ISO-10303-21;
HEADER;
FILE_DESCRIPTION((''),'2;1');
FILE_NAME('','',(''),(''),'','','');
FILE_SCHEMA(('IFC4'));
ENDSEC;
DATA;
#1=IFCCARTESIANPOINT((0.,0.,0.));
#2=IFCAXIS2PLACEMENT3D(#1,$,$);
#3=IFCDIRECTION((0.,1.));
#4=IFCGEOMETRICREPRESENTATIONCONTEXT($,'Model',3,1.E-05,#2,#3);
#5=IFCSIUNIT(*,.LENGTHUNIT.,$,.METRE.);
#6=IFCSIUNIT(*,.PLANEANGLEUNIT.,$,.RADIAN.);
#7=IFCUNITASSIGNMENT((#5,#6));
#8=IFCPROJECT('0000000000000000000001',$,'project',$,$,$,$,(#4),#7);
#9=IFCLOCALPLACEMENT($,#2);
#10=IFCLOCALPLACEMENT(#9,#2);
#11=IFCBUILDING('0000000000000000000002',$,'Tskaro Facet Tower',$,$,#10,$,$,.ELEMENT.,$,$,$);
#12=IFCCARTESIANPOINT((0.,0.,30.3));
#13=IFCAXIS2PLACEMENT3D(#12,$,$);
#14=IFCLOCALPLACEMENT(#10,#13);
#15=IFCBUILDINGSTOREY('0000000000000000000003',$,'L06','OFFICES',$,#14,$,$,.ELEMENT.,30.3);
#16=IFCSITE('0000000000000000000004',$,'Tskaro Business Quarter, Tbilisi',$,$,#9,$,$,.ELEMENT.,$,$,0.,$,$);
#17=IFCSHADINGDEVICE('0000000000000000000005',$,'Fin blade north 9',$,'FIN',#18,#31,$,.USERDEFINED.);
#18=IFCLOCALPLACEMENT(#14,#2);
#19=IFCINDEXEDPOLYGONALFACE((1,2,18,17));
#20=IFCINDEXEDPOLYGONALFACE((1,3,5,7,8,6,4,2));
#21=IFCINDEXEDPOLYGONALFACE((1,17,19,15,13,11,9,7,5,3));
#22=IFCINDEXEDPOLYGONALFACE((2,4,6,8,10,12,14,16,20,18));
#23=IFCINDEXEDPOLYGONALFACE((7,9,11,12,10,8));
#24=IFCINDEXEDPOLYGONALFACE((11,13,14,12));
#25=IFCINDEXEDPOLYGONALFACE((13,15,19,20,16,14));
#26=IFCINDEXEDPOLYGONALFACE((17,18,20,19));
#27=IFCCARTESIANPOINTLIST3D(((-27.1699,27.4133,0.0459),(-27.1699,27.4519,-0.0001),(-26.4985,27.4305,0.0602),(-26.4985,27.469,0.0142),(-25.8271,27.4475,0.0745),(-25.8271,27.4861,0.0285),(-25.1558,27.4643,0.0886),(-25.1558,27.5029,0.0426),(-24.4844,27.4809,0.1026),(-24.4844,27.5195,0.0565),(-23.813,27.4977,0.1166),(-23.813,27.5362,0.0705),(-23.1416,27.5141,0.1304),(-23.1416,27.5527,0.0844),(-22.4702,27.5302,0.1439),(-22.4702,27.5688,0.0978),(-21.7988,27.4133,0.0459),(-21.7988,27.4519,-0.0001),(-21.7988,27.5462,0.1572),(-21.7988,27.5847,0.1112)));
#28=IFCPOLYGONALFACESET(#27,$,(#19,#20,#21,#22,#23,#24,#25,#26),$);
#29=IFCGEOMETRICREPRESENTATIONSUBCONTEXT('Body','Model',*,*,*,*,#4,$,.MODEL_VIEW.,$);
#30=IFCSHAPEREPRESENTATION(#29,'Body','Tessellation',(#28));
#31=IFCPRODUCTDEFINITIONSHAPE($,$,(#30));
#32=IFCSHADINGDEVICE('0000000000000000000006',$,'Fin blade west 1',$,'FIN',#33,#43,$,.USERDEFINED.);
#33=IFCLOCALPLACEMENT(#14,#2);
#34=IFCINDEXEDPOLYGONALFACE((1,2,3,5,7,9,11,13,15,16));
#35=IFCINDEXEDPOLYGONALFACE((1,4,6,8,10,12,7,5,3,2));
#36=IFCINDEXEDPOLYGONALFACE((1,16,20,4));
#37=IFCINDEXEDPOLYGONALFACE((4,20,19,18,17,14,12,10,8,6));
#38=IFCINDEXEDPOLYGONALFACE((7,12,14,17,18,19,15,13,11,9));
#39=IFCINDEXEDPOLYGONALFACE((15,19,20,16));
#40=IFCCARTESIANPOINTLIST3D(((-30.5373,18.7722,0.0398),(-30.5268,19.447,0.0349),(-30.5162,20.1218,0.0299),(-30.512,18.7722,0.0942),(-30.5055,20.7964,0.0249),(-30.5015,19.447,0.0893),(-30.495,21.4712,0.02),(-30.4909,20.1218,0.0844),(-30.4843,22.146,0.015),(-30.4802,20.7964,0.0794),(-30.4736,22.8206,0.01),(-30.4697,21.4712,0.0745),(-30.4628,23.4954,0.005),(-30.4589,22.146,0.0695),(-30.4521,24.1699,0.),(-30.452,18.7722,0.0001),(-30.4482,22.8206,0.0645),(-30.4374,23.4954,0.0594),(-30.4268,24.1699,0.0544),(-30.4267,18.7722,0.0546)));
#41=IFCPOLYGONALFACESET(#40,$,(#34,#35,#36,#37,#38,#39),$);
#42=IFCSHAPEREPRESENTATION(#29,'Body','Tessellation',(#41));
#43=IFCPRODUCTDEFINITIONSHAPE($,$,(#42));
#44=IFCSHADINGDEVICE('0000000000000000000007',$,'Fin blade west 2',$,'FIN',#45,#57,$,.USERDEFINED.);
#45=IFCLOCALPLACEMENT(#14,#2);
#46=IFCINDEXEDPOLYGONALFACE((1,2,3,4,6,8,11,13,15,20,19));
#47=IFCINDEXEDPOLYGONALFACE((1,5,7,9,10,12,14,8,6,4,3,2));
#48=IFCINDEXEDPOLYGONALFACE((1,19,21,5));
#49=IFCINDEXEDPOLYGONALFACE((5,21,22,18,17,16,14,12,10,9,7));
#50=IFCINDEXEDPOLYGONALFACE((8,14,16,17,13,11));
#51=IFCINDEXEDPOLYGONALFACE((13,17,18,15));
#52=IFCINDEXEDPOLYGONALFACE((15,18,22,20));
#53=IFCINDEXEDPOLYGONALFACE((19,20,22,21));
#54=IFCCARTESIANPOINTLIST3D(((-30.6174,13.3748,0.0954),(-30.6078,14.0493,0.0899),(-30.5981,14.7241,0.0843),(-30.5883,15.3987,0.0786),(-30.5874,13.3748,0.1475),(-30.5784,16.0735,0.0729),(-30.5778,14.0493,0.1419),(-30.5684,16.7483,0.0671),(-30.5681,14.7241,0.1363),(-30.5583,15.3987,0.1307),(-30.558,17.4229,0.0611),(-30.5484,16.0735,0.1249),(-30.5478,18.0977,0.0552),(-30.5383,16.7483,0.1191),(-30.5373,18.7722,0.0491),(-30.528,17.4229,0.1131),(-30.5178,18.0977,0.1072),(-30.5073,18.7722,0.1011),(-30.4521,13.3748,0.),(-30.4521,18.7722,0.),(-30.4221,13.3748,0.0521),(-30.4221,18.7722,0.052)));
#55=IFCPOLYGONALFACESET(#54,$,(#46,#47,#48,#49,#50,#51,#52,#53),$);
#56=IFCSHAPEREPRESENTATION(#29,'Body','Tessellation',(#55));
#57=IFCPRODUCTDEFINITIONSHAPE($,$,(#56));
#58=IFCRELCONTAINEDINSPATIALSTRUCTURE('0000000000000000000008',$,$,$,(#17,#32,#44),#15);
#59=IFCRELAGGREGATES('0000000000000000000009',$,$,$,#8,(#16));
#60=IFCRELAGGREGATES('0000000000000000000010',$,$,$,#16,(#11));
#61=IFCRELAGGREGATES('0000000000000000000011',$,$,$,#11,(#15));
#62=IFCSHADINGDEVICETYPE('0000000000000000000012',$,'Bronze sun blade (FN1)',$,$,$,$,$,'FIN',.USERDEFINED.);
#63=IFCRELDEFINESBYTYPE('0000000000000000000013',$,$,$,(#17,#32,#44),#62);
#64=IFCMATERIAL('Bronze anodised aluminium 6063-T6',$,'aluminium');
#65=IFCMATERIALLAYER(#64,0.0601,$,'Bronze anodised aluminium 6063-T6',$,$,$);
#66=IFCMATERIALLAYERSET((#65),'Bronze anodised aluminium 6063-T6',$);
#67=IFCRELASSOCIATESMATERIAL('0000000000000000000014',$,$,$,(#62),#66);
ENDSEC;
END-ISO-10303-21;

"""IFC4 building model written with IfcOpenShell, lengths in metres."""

from ifc_helpers import new_model, si_unit, direction, frame, origin, place, context, subcontext, project, spatial, polyline, outline, extrude, material, layer, layer_set, type_object, element, save


model = new_model("IFC4")

# Units and contexts
model_context = context("Model", 3, precision=1e-05, world=origin(), true_north=direction((0.0, 1.0)))
body_context = subcontext(model_context, "Body", "Model", "MODEL_VIEW")
ifc_project = project(units=[si_unit("LENGTHUNIT", "METRE"), si_unit("PLANEANGLEUNIT", "RADIAN")], contexts=[model_context])

# Site, building, storey
site_placement = place(None, origin())
site = spatial("IfcSite", under=ifc_project, at=site_placement, Name="Tskaro Business Quarter, Tbilisi", CompositionType="ELEMENT", RefElevation=0.0)
building_placement = place(site_placement, origin())
building = spatial("IfcBuilding", under=site, at=building_placement, Name="Tskaro Facet Tower", CompositionType="ELEMENT")
storey_placement = place(building_placement, frame((0.0, 0.0, 30.3)))
storey = spatial("IfcBuildingStorey", under=building, at=storey_placement, Name="L06", Description="OFFICES", CompositionType="ELEMENT", Elevation=30.3)

# Shared definitions
ifc_material_1 = material(Name="Bronze anodised aluminium 6063-T6", Category="aluminium")

# Shading devices
ifc_layer_1 = layer(ifc_material_1, 0.0601, Name="Bronze anodised aluminium 6063-T6")
ifc_layer_set_1 = layer_set([ifc_layer_1], Name="Bronze anodised aluminium 6063-T6")
shading_device_type = type_object("IfcShadingDeviceType", Name="Bronze sun blade (FN1)", ElementType="FIN", PredefinedType="USERDEFINED", material=ifc_layer_set_1)
shading_device_1_placement = place(storey_placement, frame((-21.7988, 27.4133, 0.0459), z_axis=(-0.000002, -0.642336, 0.766423), x_axis=(-1.0, 0.000002, -0.000002)))
element("IfcShadingDevice", 1, at=shading_device_1_placement, inside=storey, type_object=shading_device_type, Name="Fin blade north 9", ObjectType="FIN", PredefinedType="USERDEFINED", context=body_context, shape_type="SweptSolid", body=[
    extrude(outline(polyline([(0.0, 0.0), (5.3711, 0.0), (4.6997, -0.0224), (4.0283, -0.0445), (3.3569, -0.0666), (2.6855, -0.0882), (2.0142, -0.11), (1.3428, -0.1315), (0.6714, -0.1525), (0.0, -0.1733), (0.0, 0.0)])), origin(), (0.0, 0.0, -1.0), 0.0601),
])
shading_device_2_placement = place(storey_placement, frame((-30.4268, 24.1699, 0.0544), z_axis=(0.421824, 0.000026, 0.906678), x_axis=(0.000011, -1.0, 0.000024)))
element("IfcShadingDevice", 2, at=shading_device_2_placement, inside=storey, type_object=shading_device_type, Name="Fin blade west 1", ObjectType="FIN", PredefinedType="USERDEFINED", context=body_context, shape_type="SweptSolid", body=[
    extrude(outline(polyline([(0.0, 0.0), (5.3977, 0.0), (5.3977, -0.094), (4.7229, -0.0825), (4.0481, -0.0708), (3.3735, -0.059), (2.6987, -0.0474), (2.0239, -0.0355), (1.3494, -0.0237), (0.6746, -0.0118), (0.0, 0.0)])), origin(), (0.0, 0.0, -1.0), 0.0601),
])
shading_device_3_placement = place(storey_placement, frame((-30.4221, 18.7722, 0.052), z_axis=(0.499819, 0.000014, 0.86613), x_axis=(0.000007, -1.0, 0.000012)))
element("IfcShadingDevice", 3, at=shading_device_3_placement, inside=storey, type_object=shading_device_type, Name="Fin blade west 2", ObjectType="FIN", PredefinedType="USERDEFINED", context=body_context, shape_type="SweptSolid", body=[
    extrude(outline(polyline([(0.0, 0.0), (5.3975, 0.0), (5.3975, -0.1909), (4.7229, -0.1798), (4.0481, -0.1686), (3.3735, -0.1573), (2.6987, -0.1458), (2.0239, -0.1342), (1.3494, -0.1223), (0.6746, -0.1105), (0.0, -0.0983), (0.0, 0.0)])), origin(), (0.0, 0.0, -1.0), 0.0601),
])

save(model, "model.ifc")
